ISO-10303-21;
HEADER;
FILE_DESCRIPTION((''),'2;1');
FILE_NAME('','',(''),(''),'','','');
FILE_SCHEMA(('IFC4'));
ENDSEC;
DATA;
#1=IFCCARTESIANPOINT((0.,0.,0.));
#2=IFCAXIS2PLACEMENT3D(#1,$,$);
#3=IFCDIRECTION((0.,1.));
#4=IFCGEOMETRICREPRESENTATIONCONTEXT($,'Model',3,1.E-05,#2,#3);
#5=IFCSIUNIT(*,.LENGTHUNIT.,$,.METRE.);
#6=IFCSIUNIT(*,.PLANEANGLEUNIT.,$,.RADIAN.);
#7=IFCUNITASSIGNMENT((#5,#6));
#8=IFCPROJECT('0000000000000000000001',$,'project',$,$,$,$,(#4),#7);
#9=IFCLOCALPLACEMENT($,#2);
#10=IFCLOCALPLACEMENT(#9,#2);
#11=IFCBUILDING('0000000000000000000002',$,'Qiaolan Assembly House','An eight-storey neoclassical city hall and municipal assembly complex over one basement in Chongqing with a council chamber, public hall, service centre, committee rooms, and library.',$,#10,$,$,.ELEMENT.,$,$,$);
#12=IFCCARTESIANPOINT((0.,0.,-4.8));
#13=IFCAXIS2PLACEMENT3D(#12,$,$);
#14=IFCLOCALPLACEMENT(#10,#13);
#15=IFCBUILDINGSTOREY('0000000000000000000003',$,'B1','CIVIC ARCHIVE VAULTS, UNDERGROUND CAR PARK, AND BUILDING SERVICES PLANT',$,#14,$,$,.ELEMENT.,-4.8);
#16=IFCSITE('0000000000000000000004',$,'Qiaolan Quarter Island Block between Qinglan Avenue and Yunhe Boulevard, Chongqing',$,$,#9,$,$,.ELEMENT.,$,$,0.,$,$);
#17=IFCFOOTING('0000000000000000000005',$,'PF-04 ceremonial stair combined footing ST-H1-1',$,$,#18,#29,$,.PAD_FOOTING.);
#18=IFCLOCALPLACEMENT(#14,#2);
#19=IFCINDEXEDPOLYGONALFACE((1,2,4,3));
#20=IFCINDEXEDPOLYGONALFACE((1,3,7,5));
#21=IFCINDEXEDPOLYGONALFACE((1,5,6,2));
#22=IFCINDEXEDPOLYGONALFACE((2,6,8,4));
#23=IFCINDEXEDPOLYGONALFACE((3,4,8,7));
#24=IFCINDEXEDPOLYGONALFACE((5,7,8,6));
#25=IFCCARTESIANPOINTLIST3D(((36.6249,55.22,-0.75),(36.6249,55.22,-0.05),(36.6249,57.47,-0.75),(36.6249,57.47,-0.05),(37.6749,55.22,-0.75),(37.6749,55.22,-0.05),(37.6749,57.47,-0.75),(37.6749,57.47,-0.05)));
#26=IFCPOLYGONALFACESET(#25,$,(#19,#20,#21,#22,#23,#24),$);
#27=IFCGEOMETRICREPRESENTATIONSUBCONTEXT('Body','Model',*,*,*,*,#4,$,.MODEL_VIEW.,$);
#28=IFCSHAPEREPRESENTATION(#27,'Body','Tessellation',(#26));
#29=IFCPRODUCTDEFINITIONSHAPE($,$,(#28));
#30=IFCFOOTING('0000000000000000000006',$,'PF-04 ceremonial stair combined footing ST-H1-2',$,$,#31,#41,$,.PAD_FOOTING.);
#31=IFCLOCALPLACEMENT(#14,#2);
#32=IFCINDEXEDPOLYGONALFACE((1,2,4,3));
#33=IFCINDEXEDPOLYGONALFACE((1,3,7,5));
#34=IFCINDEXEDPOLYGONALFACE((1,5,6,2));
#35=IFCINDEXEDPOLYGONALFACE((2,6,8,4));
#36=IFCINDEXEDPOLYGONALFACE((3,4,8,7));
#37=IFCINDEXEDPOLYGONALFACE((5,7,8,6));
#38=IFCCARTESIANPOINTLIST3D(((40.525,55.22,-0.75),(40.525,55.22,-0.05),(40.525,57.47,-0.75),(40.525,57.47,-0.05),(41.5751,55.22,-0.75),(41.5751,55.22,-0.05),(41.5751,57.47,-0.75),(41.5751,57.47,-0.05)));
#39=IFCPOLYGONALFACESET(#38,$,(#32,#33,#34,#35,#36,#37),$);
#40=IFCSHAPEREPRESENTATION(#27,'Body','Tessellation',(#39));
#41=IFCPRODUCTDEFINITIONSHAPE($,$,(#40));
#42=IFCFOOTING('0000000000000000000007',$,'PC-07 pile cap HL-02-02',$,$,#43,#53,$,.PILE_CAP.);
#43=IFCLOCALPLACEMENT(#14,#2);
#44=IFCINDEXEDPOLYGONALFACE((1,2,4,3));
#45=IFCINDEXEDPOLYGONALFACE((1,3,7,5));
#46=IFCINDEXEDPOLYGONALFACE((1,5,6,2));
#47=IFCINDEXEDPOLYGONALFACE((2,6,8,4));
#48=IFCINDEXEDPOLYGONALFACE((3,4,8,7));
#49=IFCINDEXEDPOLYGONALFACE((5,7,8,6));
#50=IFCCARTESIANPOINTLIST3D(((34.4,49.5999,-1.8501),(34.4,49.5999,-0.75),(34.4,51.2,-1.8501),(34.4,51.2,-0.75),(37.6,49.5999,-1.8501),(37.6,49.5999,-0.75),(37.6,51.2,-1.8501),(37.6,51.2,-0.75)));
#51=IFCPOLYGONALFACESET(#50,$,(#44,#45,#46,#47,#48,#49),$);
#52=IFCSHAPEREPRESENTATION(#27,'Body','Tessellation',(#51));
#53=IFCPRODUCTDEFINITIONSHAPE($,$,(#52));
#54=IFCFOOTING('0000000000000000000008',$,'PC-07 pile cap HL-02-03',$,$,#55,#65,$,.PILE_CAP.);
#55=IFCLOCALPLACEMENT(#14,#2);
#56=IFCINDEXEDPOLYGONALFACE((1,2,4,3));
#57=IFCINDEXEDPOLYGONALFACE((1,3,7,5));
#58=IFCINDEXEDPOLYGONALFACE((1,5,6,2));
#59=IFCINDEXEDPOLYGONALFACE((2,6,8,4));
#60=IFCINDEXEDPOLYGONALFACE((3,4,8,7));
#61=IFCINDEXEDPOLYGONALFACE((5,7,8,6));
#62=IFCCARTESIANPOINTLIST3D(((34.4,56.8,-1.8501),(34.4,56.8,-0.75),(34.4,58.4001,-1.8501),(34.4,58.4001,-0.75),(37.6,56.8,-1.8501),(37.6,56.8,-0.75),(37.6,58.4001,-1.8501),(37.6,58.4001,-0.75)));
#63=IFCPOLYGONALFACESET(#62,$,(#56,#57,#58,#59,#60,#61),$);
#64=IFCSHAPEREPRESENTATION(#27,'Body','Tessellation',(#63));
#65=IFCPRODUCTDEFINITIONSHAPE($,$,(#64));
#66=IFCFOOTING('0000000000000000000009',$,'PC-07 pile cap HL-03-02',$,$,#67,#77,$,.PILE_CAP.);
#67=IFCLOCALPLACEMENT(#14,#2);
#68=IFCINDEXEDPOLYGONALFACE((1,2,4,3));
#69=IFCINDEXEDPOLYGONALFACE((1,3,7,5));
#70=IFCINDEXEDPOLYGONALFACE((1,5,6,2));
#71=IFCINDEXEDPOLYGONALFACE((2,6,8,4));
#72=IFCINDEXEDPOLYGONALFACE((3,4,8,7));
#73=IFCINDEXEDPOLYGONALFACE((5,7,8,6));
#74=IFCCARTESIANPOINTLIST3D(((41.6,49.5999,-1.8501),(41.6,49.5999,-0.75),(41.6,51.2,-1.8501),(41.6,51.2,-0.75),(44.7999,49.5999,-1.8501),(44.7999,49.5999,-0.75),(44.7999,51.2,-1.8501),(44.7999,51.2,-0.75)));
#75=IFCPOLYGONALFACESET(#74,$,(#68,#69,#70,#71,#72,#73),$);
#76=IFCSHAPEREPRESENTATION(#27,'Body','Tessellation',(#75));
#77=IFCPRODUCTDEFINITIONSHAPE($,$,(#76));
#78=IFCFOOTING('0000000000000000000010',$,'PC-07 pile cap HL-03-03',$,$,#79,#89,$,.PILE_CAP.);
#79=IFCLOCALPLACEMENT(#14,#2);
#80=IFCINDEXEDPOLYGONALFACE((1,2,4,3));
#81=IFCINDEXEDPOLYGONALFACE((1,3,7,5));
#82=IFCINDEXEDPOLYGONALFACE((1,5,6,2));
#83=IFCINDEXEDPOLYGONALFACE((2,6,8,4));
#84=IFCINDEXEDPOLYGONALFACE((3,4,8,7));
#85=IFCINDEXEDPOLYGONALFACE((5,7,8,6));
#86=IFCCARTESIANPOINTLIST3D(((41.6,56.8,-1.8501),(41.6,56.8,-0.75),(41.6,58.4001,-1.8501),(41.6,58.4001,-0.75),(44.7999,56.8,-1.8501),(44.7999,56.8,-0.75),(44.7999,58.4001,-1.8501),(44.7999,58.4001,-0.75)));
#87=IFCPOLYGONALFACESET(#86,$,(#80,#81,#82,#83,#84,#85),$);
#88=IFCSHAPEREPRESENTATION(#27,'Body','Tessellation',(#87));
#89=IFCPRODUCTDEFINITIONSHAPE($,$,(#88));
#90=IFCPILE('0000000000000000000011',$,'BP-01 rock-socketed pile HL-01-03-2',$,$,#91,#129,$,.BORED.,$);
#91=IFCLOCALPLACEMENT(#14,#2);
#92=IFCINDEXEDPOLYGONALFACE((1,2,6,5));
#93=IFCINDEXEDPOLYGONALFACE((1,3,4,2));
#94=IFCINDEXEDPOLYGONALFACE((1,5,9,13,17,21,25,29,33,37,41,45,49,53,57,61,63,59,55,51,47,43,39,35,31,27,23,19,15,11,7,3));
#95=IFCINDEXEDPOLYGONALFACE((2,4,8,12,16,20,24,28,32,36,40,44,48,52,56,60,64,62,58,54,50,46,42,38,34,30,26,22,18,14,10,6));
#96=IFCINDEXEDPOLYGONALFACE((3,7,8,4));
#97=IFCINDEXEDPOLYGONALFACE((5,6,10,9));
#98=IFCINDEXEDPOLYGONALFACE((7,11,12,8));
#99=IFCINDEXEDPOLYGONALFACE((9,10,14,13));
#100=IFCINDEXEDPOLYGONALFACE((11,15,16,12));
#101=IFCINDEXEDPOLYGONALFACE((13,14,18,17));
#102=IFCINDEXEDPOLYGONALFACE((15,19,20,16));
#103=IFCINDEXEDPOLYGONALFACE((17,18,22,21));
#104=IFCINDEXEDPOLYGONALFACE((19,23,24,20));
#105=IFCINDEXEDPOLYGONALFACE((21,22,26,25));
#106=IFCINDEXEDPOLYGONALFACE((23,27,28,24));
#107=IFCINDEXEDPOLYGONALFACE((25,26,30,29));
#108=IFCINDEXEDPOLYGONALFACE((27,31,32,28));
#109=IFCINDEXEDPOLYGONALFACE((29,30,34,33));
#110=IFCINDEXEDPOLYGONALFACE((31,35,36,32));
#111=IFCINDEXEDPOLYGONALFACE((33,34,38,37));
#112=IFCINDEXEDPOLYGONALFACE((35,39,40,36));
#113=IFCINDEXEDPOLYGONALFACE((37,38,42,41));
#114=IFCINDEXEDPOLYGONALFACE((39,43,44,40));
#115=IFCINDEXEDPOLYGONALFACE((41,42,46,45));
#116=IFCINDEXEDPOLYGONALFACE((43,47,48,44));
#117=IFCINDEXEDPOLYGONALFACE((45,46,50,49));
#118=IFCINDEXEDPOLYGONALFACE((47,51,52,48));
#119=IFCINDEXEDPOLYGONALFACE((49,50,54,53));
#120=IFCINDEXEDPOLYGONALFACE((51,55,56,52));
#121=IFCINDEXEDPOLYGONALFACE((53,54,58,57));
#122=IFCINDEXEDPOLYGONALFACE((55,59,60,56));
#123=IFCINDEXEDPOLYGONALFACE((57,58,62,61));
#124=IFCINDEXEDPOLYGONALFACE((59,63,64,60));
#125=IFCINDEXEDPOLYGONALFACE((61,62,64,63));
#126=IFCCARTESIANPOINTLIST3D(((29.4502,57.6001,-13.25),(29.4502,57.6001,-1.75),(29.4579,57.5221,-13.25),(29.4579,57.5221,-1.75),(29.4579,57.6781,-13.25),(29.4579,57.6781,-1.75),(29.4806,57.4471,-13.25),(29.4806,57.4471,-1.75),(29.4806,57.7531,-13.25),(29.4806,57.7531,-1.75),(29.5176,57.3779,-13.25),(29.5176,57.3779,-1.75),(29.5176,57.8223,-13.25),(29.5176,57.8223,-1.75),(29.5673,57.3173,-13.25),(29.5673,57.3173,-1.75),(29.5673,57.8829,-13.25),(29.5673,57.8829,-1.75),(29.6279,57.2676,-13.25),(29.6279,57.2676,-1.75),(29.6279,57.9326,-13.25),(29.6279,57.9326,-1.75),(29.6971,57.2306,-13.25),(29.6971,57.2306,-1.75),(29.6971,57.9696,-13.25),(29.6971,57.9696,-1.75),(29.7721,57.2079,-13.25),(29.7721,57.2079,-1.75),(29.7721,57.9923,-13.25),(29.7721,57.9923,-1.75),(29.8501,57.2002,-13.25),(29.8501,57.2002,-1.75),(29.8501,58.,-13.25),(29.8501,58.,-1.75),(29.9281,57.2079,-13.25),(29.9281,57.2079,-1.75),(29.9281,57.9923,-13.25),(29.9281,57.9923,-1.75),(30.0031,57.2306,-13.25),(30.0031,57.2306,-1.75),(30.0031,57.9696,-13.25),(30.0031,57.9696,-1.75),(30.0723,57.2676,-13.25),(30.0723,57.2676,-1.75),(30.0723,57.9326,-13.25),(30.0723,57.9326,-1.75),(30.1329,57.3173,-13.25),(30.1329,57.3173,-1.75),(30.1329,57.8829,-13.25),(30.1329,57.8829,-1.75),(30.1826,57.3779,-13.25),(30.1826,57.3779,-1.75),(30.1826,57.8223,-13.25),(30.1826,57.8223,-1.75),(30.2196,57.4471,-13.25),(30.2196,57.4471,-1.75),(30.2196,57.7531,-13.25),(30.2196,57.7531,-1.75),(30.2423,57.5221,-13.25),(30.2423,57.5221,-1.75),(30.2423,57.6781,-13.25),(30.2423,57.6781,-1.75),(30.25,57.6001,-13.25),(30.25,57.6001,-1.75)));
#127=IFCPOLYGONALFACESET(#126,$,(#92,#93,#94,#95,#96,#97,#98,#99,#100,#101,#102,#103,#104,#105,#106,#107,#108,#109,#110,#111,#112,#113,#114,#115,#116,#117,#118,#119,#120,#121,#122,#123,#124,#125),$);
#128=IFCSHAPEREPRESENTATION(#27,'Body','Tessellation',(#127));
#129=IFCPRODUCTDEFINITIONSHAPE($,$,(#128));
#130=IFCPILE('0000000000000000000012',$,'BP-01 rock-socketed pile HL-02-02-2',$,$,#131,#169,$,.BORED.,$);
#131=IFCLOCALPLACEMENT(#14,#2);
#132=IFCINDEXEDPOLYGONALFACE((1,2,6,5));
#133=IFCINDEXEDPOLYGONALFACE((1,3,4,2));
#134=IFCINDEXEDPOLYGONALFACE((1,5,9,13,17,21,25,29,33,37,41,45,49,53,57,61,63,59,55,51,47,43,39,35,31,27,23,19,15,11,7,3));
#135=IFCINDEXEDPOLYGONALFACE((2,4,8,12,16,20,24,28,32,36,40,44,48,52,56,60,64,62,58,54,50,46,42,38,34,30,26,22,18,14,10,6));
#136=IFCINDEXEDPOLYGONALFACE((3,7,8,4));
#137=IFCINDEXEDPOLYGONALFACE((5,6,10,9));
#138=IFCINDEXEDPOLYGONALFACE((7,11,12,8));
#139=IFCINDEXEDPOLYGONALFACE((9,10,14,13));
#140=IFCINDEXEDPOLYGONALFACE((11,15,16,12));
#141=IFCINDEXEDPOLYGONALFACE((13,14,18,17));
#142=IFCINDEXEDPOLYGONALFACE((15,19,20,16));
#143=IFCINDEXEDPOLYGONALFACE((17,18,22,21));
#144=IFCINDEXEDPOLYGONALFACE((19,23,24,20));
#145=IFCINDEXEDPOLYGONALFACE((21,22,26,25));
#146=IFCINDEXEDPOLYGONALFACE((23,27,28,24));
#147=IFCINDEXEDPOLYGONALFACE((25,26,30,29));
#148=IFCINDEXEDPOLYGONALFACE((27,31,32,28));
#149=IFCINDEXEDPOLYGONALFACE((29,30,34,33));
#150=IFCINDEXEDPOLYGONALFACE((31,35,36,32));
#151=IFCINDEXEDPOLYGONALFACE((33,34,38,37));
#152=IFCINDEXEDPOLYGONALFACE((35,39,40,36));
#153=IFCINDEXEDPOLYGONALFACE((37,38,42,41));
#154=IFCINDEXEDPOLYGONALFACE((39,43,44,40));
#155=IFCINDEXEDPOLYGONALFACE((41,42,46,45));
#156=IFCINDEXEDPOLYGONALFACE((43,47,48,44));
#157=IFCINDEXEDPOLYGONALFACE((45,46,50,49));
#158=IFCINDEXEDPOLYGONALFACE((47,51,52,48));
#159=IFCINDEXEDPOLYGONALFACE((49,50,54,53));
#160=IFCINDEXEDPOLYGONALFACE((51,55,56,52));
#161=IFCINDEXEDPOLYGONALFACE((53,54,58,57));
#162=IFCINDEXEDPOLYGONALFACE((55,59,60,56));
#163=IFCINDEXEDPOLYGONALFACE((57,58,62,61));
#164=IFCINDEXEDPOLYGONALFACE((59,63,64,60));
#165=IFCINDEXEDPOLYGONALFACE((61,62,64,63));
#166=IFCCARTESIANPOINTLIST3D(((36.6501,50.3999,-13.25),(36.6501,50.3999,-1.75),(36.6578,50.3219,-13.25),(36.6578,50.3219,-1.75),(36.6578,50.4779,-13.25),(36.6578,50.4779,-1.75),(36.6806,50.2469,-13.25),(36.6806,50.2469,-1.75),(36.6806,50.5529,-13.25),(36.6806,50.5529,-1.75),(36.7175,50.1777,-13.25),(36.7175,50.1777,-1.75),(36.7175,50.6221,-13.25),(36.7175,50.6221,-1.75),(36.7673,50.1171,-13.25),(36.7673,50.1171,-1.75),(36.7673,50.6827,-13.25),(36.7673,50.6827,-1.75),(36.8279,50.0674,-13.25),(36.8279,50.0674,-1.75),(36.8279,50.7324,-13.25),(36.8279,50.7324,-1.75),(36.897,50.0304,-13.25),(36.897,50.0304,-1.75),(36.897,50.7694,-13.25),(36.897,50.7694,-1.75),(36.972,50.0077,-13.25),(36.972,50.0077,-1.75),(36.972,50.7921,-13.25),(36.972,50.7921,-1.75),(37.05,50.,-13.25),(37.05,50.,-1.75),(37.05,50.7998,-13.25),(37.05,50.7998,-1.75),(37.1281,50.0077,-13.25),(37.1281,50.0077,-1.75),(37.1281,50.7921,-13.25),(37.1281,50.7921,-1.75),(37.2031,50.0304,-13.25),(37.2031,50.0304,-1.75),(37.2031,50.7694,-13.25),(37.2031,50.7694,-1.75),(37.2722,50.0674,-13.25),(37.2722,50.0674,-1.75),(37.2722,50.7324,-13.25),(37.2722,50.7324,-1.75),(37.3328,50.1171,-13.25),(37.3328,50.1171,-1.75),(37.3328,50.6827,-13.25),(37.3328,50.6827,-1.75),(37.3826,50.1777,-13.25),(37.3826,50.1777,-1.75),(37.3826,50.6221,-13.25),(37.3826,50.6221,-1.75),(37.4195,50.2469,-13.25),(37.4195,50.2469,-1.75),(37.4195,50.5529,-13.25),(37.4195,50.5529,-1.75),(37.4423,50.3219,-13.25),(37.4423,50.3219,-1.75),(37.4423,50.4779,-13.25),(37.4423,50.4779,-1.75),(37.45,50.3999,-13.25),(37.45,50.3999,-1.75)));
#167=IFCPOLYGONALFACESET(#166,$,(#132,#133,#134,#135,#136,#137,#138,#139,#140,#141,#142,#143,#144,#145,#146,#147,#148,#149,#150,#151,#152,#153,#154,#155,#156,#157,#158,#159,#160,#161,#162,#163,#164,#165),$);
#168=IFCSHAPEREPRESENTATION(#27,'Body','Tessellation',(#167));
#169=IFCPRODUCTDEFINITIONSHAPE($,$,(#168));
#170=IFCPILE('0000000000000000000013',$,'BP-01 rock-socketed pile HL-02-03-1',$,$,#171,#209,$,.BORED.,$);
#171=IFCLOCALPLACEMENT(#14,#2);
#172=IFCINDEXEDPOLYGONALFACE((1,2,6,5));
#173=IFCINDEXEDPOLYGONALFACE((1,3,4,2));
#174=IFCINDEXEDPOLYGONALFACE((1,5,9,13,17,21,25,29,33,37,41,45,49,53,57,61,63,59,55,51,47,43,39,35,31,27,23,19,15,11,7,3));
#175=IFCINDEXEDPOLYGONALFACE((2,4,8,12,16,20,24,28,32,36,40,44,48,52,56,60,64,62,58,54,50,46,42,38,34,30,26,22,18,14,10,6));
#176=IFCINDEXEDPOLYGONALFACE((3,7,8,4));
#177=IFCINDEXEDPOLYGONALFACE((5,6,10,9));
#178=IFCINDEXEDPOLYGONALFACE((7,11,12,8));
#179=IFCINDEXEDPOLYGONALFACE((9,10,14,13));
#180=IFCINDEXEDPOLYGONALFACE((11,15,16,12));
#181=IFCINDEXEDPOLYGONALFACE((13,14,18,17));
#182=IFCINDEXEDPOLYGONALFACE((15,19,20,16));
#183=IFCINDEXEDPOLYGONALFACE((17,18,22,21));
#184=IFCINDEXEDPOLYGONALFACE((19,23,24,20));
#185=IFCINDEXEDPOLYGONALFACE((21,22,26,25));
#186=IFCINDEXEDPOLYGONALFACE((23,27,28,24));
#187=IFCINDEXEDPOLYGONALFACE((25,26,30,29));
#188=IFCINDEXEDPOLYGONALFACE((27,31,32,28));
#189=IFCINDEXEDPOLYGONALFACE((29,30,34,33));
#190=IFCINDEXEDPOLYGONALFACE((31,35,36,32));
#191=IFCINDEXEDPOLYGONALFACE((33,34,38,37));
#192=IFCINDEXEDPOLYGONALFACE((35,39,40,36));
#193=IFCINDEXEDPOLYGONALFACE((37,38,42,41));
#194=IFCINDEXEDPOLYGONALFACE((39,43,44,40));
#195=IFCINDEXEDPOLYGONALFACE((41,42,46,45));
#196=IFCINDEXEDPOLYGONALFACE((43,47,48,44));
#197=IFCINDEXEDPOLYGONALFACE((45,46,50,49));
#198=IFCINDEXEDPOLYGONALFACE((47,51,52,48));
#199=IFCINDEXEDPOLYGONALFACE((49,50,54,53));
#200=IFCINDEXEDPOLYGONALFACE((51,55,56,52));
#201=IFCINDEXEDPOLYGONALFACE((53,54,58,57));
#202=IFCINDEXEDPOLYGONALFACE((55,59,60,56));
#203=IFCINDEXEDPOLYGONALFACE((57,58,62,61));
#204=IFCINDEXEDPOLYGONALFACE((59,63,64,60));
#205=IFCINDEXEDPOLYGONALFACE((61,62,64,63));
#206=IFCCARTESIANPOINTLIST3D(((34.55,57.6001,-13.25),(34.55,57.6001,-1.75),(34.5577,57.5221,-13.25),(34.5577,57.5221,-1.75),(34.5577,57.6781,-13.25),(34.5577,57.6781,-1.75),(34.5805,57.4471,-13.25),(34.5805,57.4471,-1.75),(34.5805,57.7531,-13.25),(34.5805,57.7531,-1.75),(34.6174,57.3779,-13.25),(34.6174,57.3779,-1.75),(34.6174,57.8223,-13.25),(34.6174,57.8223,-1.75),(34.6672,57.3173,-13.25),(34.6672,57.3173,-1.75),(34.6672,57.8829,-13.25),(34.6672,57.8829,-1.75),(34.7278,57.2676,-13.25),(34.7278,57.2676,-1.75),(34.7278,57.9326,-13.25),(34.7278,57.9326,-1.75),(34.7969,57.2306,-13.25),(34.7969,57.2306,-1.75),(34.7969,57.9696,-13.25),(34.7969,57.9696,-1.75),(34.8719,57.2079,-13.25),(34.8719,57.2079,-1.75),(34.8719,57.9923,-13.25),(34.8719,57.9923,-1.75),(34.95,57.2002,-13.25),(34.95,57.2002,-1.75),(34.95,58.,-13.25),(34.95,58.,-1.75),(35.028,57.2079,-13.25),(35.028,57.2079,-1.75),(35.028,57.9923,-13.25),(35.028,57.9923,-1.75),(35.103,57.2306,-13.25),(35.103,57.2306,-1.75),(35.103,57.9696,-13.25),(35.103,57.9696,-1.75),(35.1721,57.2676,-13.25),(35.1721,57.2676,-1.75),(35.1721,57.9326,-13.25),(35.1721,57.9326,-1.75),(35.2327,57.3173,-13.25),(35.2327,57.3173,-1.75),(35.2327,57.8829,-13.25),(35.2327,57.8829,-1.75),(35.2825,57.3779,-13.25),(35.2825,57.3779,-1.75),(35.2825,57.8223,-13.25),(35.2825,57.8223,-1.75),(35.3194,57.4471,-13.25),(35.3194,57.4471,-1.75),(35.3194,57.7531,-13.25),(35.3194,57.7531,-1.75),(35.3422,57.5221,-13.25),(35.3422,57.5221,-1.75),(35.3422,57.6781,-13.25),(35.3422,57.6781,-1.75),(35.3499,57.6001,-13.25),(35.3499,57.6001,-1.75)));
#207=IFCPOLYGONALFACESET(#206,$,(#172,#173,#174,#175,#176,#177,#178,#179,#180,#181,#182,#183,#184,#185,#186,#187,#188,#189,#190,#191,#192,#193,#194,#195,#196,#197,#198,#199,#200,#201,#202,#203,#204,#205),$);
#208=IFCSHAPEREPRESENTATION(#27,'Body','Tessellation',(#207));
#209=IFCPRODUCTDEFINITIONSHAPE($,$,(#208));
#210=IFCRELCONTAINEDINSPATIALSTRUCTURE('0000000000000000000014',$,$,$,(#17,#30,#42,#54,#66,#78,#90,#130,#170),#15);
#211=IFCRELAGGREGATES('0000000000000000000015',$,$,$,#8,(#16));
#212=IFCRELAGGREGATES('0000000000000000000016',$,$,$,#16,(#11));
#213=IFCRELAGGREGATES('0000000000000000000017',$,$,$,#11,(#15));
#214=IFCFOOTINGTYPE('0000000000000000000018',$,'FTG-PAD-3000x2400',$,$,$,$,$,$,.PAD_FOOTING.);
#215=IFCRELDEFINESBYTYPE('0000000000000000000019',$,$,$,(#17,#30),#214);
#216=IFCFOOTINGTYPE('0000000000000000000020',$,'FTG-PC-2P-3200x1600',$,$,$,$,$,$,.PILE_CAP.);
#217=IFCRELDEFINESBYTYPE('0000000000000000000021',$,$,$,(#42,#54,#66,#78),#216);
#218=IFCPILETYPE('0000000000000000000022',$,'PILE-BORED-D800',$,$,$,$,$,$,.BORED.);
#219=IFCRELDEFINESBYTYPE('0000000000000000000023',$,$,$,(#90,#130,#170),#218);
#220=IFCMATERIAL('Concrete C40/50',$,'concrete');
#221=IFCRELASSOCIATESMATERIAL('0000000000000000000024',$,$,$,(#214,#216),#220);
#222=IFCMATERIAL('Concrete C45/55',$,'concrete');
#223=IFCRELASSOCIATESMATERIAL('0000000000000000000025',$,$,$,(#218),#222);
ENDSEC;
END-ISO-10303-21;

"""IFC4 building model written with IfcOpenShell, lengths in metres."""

from ifc_helpers import new_model, si_unit, direction, frame, origin, origin_2d, place, context, subcontext, project, spatial, rectangle, circle, extrude, material, material_profile, profile_set, type_object, element, save


model = new_model("IFC4")

# Units and contexts
model_context = context("Model", 3, precision=1e-05, world=origin(), true_north=direction((0.0, 1.0)))
body_context = subcontext(model_context, "Body", "Model", "MODEL_VIEW")
ifc_project = project(units=[si_unit("LENGTHUNIT", "METRE"), si_unit("PLANEANGLEUNIT", "RADIAN")], contexts=[model_context])

# Site, building, storey
site_placement = place(None, origin())
site = spatial("IfcSite", under=ifc_project, at=site_placement, Name="Qiaolan Quarter Island Block between Qinglan Avenue and Yunhe Boulevard, Chongqing", CompositionType="ELEMENT", RefElevation=0.0)
building_placement = place(site_placement, origin())
building = spatial("IfcBuilding", under=site, at=building_placement, Name="Qiaolan Assembly House", Description="An eight-storey neoclassical city hall and municipal assembly complex over one basement in Chongqing with a council chamber, public hall, service centre, committee rooms, and library.", CompositionType="ELEMENT")
storey_placement = place(building_placement, frame((0.0, 0.0, -4.8)))
storey = spatial("IfcBuildingStorey", under=building, at=storey_placement, Name="B1", Description="CIVIC ARCHIVE VAULTS, UNDERGROUND CAR PARK, AND BUILDING SERVICES PLANT", CompositionType="ELEMENT", Elevation=-4.8)

# Footings
ifc_material_1 = material(Name="Concrete C40/50", Category="concrete")
footing_type_1 = type_object("IfcFootingType", Name="FTG-PAD-3000x2400", PredefinedType="PAD_FOOTING", material=ifc_material_1)
for number, where, z_axis, x_axis, name in (
    (1, (37.1499, 56.345, -0.75), (0.0, 0.0, 1.0), (1.0, 0.0, 0.0), "PF-04 ceremonial stair combined footing ST-H1-1"),
    (2, (41.05, 56.345, -0.75), (0.0, 0.0, 1.0), (1.0, 0.0, 0.0), "PF-04 ceremonial stair combined footing ST-H1-2"),
):
    element("IfcFooting", number, at=place(storey_placement, frame(where, z_axis=z_axis, x_axis=x_axis)), inside=storey, type_object=footing_type_1, Name=name, PredefinedType="PAD_FOOTING", context=body_context, shape_type="SweptSolid", body=[
        extrude(rectangle(XDim=1.05, YDim=2.25, at=origin_2d()), origin(), (0.0, 0.0, 1.0), 0.7),
    ])
footing_type_2 = type_object("IfcFootingType", Name="FTG-PC-2P-3200x1600", PredefinedType="PILE_CAP", material=ifc_material_1)
for number, where, z_axis, x_axis, name in (
    (3, (36.0, 50.3999, -1.8501), (0.0, 0.0, 1.0), (1.0, 0.0, 0.0), "PC-07 pile cap HL-02-02"),
    (4, (36.0, 57.6001, -1.8501), (0.0, 0.0, 1.0), (1.0, 0.0, 0.0), "PC-07 pile cap HL-02-03"),
    (5, (43.2, 50.3999, -1.8501), (0.0, 0.0, 1.0), (1.0, 0.0, 0.0), "PC-07 pile cap HL-03-02"),
    (6, (43.2, 57.6001, -1.8501), (0.0, 0.0, 1.0), (1.0, 0.0, 0.0), "PC-07 pile cap HL-03-03"),
):
    element("IfcFooting", number, at=place(storey_placement, frame(where, z_axis=z_axis, x_axis=x_axis)), inside=storey, type_object=footing_type_2, Name=name, PredefinedType="PILE_CAP", context=body_context, shape_type="SweptSolid", body=[
        extrude(rectangle(XDim=3.2, YDim=1.6001, at=origin_2d()), origin(), (0.0, 0.0, 1.0), 1.1001),
    ])

# Piles
ifc_material_2 = material(Name="Concrete C45/55", Category="concrete")
ifc_material_profile_1 = material_profile(ifc_material_2, circle(Radius=0.3999, at=origin_2d()), Name="PILE D800")
ifc_profile_set_1 = profile_set([ifc_material_profile_1], Name="Concrete C45/55")
pile_type = type_object("IfcPileType", Name="PILE-BORED-D800", PredefinedType="BORED", material=ifc_profile_set_1)
for number, where, z_axis, x_axis, name in (
    (7, (29.8501, 57.6001, -1.75), (0.0, 0.0, -1.0), (1.0, 0.0, 0.0), "BP-01 rock-socketed pile HL-01-03-2"),
    (8, (37.05, 50.3999, -1.75), (0.0, 0.0, -1.0), (1.0, 0.0, 0.0), "BP-01 rock-socketed pile HL-02-02-2"),
    (9, (34.95, 57.6001, -1.75), (0.0, 0.0, -1.0), (1.0, 0.0, 0.0), "BP-01 rock-socketed pile HL-02-03-1"),
):
    element("IfcPile", number, at=place(storey_placement, frame(where, z_axis=z_axis, x_axis=x_axis)), inside=storey, type_object=pile_type, Name=name, PredefinedType="BORED", context=body_context, shape_type="SweptSolid", body=[
        extrude(circle(Radius=0.3999, at=origin_2d()), origin(), (0.0, 0.0, 1.0), 11.5),
    ])

save(model, "model.ifc")
